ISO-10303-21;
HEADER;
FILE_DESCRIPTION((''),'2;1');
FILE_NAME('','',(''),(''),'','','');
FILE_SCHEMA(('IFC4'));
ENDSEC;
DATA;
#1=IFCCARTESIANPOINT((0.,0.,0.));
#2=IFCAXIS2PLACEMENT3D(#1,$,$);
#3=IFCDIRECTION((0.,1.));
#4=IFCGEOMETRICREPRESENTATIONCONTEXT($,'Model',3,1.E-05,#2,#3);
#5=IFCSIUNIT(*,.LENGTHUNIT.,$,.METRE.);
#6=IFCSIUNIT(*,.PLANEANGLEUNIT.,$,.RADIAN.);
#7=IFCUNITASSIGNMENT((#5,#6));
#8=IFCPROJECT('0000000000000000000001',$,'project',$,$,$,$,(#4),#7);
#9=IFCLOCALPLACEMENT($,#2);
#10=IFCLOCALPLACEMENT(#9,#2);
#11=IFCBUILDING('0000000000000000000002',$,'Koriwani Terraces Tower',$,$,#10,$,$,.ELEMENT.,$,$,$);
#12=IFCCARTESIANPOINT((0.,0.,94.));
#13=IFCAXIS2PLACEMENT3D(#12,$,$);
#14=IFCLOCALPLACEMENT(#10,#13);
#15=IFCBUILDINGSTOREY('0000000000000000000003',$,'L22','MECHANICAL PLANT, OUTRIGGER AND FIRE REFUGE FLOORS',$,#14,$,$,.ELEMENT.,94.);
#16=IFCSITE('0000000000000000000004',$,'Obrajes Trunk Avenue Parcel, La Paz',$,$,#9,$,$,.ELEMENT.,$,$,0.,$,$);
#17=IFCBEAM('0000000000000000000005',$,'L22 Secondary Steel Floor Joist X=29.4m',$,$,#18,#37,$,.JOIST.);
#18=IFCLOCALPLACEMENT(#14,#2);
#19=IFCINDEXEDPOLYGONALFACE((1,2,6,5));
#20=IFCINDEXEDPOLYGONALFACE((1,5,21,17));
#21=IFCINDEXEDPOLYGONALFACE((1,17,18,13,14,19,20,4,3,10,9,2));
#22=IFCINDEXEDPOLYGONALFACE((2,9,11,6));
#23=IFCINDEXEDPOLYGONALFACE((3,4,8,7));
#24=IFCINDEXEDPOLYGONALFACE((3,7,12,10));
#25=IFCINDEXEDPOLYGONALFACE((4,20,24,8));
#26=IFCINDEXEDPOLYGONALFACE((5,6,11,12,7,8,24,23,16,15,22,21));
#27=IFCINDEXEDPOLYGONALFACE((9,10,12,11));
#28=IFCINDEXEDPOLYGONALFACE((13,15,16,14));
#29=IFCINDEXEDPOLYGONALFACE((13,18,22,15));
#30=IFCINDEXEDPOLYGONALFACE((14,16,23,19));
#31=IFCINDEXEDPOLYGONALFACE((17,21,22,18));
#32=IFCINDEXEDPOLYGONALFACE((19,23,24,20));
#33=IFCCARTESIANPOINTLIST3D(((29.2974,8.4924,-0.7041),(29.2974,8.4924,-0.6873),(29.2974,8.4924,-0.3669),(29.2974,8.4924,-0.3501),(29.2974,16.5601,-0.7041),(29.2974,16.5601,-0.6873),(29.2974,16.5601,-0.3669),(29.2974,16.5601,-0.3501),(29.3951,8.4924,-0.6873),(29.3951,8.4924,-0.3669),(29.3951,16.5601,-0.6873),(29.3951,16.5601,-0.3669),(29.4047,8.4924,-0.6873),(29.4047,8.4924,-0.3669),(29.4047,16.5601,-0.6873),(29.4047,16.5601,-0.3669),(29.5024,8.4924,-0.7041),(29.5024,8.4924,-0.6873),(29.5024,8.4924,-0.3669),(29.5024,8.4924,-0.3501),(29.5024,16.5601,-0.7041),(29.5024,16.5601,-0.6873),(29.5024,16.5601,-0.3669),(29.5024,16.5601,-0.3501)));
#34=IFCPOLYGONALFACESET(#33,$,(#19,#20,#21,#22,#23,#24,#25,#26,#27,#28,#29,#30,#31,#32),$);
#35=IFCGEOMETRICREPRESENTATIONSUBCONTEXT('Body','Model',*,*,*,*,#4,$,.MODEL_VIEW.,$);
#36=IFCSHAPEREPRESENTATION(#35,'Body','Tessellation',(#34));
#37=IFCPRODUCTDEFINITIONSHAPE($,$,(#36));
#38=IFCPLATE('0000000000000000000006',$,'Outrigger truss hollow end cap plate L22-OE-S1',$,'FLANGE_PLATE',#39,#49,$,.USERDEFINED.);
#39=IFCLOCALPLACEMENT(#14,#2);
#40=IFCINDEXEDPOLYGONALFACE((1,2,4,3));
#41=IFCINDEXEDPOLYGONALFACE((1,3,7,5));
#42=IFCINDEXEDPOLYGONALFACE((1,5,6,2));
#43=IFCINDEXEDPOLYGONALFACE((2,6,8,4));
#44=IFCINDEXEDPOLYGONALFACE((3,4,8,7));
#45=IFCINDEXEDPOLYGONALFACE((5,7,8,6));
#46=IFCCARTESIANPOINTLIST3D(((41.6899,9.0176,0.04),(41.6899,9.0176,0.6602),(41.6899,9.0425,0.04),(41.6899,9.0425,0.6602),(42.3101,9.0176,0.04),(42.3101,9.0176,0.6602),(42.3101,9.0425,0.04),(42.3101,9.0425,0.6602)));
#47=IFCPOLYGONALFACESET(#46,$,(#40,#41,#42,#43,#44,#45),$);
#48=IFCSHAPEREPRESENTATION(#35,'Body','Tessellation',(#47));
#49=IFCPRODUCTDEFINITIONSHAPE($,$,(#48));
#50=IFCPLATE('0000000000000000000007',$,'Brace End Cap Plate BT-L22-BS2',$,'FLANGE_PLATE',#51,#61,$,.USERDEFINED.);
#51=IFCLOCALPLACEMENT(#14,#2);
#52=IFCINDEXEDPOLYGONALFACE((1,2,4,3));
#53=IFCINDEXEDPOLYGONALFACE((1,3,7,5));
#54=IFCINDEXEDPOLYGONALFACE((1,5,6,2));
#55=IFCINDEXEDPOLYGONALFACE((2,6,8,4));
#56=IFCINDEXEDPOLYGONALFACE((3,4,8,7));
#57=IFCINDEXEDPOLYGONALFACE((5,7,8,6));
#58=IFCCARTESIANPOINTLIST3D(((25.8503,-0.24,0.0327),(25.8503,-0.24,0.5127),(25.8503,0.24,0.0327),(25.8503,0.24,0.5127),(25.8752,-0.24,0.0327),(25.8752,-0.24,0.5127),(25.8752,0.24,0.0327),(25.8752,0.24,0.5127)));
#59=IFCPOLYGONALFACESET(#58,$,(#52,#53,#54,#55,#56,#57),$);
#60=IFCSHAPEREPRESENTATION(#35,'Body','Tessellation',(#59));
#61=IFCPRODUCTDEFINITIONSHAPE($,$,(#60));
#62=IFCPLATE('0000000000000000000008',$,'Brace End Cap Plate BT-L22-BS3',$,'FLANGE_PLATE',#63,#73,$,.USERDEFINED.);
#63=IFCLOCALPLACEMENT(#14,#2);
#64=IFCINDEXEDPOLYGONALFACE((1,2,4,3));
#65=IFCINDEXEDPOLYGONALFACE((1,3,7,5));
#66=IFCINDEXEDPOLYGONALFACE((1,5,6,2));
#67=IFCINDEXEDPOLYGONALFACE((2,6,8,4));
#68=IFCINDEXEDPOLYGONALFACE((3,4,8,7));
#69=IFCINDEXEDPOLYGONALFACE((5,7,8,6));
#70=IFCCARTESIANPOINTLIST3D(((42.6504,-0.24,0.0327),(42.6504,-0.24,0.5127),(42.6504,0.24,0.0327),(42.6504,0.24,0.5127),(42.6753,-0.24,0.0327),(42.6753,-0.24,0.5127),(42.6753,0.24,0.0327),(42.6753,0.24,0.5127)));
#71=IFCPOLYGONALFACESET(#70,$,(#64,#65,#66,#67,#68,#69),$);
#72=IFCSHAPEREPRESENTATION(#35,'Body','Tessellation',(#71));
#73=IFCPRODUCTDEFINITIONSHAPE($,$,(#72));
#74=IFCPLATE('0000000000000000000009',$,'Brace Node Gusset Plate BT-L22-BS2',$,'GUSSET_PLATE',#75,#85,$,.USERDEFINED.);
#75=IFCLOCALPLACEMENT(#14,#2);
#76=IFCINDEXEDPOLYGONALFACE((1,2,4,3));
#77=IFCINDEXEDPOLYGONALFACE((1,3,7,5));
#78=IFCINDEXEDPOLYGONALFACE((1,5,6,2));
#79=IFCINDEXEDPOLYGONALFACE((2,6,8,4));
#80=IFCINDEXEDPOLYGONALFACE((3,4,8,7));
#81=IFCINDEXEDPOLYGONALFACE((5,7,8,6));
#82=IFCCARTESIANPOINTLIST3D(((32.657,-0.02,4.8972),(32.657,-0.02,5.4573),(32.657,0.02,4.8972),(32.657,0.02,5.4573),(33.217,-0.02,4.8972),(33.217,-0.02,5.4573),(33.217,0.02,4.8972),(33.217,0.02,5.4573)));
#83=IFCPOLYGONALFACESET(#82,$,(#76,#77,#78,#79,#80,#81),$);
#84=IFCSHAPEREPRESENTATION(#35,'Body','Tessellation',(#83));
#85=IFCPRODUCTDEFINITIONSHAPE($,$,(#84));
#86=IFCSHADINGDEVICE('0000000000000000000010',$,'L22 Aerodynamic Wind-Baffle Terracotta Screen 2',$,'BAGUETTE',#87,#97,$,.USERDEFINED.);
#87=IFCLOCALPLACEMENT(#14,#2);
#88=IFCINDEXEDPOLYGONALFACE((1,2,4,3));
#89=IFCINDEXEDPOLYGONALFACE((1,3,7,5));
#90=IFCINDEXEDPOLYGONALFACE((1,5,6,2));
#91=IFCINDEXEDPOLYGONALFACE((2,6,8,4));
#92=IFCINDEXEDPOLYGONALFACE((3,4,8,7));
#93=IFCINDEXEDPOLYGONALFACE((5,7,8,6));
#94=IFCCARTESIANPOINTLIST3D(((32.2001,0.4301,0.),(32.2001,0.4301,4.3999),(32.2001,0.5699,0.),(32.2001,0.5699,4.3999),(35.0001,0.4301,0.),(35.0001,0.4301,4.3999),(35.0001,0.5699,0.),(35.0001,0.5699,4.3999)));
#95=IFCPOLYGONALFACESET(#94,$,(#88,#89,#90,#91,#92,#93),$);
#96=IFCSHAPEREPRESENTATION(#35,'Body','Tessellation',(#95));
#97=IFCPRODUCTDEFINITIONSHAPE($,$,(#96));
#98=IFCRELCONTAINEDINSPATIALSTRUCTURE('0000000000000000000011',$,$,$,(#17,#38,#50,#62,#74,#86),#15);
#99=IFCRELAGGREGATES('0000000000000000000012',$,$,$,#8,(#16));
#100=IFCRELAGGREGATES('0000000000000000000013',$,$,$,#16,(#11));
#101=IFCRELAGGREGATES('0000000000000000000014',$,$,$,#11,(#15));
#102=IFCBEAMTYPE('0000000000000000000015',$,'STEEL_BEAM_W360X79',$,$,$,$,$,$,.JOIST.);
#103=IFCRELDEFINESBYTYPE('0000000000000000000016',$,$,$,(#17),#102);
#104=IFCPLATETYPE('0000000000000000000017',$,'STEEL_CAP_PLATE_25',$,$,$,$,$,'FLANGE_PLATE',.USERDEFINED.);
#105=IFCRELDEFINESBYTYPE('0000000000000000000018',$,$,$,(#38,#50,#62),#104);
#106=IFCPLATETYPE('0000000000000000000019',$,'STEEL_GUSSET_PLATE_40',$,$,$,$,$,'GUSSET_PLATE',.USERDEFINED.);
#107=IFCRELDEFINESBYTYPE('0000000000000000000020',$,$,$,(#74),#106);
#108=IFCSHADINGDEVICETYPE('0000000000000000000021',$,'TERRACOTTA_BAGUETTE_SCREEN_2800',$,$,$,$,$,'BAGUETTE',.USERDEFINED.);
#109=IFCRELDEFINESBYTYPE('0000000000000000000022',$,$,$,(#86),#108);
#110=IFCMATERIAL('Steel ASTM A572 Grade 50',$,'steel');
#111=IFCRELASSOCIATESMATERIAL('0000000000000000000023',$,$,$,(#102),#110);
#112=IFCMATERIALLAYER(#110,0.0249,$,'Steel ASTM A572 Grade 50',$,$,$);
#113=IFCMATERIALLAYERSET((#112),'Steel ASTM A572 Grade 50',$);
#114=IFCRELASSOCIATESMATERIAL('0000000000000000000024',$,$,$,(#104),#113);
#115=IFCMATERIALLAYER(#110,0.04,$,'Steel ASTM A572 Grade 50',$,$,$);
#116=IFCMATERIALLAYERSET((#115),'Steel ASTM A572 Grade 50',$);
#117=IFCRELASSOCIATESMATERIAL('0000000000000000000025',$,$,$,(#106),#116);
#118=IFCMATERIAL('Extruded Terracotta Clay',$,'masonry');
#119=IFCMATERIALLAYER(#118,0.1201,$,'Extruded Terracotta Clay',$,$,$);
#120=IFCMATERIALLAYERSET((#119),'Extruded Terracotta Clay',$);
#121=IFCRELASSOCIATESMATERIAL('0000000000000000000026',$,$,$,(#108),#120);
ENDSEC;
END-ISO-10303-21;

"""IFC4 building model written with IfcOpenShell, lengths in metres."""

from ifc_helpers import new_model, si_unit, direction, frame, origin, origin_2d, place, context, subcontext, project, spatial, rectangle, i_section, extrude, material, layer, layer_set, material_profile, profile_set, type_object, element, save


model = new_model("IFC4")

# Units and contexts
model_context = context("Model", 3, precision=1e-05, world=origin(), true_north=direction((0.0, 1.0)))
body_context = subcontext(model_context, "Body", "Model", "MODEL_VIEW")
ifc_project = project(units=[si_unit("LENGTHUNIT", "METRE"), si_unit("PLANEANGLEUNIT", "RADIAN")], contexts=[model_context])

# Site, building, storey
site_placement = place(None, origin())
site = spatial("IfcSite", under=ifc_project, at=site_placement, Name="Obrajes Trunk Avenue Parcel, La Paz", CompositionType="ELEMENT", RefElevation=0.0)
building_placement = place(site_placement, origin())
building = spatial("IfcBuilding", under=site, at=building_placement, Name="Koriwani Terraces Tower", CompositionType="ELEMENT")
storey_placement = place(building_placement, frame((0.0, 0.0, 94.0)))
storey = spatial("IfcBuildingStorey", under=building, at=storey_placement, Name="L22", Description="MECHANICAL PLANT, OUTRIGGER AND FIRE REFUGE FLOORS", CompositionType="ELEMENT", Elevation=94.0)

# Shared definitions
ifc_material_1 = material(Name="Steel ASTM A572 Grade 50", Category="steel")

# Beam
ifc_material_profile_1 = material_profile(ifc_material_1, i_section(OverallWidth=0.2051, OverallDepth=0.354, WebThickness=0.0095, FlangeThickness=0.0168, at=origin_2d()), Name="Steel ASTM A572 Grade 50", Category="LoadBearing")
ifc_profile_set_1 = profile_set([ifc_material_profile_1], Name="Steel ASTM A572 Grade 50")
beam_type_1 = type_object("IfcBeamType", Name="STEEL_BEAM_W360X79", PredefinedType="JOIST", material=ifc_profile_set_1)
beam_1_placement = place(storey_placement, frame((29.3999, 8.4924, -0.5271), z_axis=(0.0, 1.0, 0.0), x_axis=(-1.0, 0.0, 0.0)))
element("IfcBeam", 1, at=beam_1_placement, inside=storey, type_object=beam_type_1, Name="L22 Secondary Steel Floor Joist X=29.4m", PredefinedType="JOIST", context=body_context, shape_type="SweptSolid", body=[
    extrude(i_section(OverallWidth=0.2051, OverallDepth=0.354, WebThickness=0.0095, FlangeThickness=0.0168, at=origin_2d()), origin(), (0.0, 0.0, 1.0), 8.0676),
])

# Plates
ifc_layer_1 = layer(ifc_material_1, 0.0249, Name="Steel ASTM A572 Grade 50")
ifc_layer_set_1 = layer_set([ifc_layer_1], Name="Steel ASTM A572 Grade 50")
plate_type_1 = type_object("IfcPlateType", Name="STEEL_CAP_PLATE_25", ElementType="FLANGE_PLATE", PredefinedType="USERDEFINED", material=ifc_layer_set_1)
plate_1_placement = place(storey_placement, frame((42.0, 9.03, 0.04), z_axis=(0.0, 0.0, 1.0), x_axis=(0.0, 1.0, 0.0)))
element("IfcPlate", 2, at=plate_1_placement, inside=storey, type_object=plate_type_1, Name="Outrigger truss hollow end cap plate L22-OE-S1", ObjectType="FLANGE_PLATE", PredefinedType="USERDEFINED", context=body_context, shape_type="SweptSolid", body=[
    extrude(rectangle(XDim=0.0249, YDim=0.6201, at=origin_2d()), origin(), (0.0, 0.0, 1.0), 0.6201),
])
for number, where, z_axis, x_axis, name in (
    (3, (25.8628, 0.0, 0.0327), (0.0, 0.0, 1.0), (1.0, 0.0, 0.0), "Brace End Cap Plate BT-L22-BS2"),
    (4, (42.6628, 0.0, 0.0327), (0.0, 0.0, 1.0), (1.0, 0.0, 0.0), "Brace End Cap Plate BT-L22-BS3"),
):
    element("IfcPlate", number, at=place(storey_placement, frame(where, z_axis=z_axis, x_axis=x_axis)), inside=storey, type_object=plate_type_1, Name=name, ObjectType="FLANGE_PLATE", PredefinedType="USERDEFINED", context=body_context, shape_type="SweptSolid", body=[
        extrude(rectangle(XDim=0.0249, YDim=0.48, at=origin_2d()), origin(), (0.0, 0.0, 1.0), 0.48),
    ])
ifc_layer_2 = layer(ifc_material_1, 0.04, Name="Steel ASTM A572 Grade 50")
ifc_layer_set_2 = layer_set([ifc_layer_2], Name="Steel ASTM A572 Grade 50")
plate_type_2 = type_object("IfcPlateType", Name="STEEL_GUSSET_PLATE_40", ElementType="GUSSET_PLATE", PredefinedType="USERDEFINED", material=ifc_layer_set_2)
plate_2_placement = place(storey_placement, frame((32.937, 0.0, 4.8972), z_axis=(0.0, 0.0, 1.0), x_axis=(1.0, 0.0, 0.0)))
element("IfcPlate", 5, at=plate_2_placement, inside=storey, type_object=plate_type_2, Name="Brace Node Gusset Plate BT-L22-BS2", ObjectType="GUSSET_PLATE", PredefinedType="USERDEFINED", context=body_context, shape_type="SweptSolid", body=[
    extrude(rectangle(XDim=0.5601, YDim=0.04, at=origin_2d()), origin(), (0.0, 0.0, 1.0), 0.5601),
])

# Shading device
ifc_material_2 = material(Name="Extruded Terracotta Clay", Category="masonry")
ifc_layer_3 = layer(ifc_material_2, 0.1201, Name="Extruded Terracotta Clay")
ifc_layer_set_3 = layer_set([ifc_layer_3], Name="Extruded Terracotta Clay")
shading_device_type = type_object("IfcShadingDeviceType", Name="TERRACOTTA_BAGUETTE_SCREEN_2800", ElementType="BAGUETTE", PredefinedType="USERDEFINED", material=ifc_layer_set_3)
shading_device_placement = place(storey_placement, frame((33.6001, 0.5, 0.0), z_axis=(0.0, 0.0, 1.0), x_axis=(1.0, 0.0, 0.0)))
element("IfcShadingDevice", 6, at=shading_device_placement, inside=storey, type_object=shading_device_type, Name="L22 Aerodynamic Wind-Baffle Terracotta Screen 2", ObjectType="BAGUETTE", PredefinedType="USERDEFINED", context=body_context, shape_type="SweptSolid", body=[
    extrude(rectangle(XDim=2.8, YDim=0.1399, at=origin_2d()), origin(), (0.0, 0.0, 1.0), 4.3999),
])

save(model, "model.ifc")
